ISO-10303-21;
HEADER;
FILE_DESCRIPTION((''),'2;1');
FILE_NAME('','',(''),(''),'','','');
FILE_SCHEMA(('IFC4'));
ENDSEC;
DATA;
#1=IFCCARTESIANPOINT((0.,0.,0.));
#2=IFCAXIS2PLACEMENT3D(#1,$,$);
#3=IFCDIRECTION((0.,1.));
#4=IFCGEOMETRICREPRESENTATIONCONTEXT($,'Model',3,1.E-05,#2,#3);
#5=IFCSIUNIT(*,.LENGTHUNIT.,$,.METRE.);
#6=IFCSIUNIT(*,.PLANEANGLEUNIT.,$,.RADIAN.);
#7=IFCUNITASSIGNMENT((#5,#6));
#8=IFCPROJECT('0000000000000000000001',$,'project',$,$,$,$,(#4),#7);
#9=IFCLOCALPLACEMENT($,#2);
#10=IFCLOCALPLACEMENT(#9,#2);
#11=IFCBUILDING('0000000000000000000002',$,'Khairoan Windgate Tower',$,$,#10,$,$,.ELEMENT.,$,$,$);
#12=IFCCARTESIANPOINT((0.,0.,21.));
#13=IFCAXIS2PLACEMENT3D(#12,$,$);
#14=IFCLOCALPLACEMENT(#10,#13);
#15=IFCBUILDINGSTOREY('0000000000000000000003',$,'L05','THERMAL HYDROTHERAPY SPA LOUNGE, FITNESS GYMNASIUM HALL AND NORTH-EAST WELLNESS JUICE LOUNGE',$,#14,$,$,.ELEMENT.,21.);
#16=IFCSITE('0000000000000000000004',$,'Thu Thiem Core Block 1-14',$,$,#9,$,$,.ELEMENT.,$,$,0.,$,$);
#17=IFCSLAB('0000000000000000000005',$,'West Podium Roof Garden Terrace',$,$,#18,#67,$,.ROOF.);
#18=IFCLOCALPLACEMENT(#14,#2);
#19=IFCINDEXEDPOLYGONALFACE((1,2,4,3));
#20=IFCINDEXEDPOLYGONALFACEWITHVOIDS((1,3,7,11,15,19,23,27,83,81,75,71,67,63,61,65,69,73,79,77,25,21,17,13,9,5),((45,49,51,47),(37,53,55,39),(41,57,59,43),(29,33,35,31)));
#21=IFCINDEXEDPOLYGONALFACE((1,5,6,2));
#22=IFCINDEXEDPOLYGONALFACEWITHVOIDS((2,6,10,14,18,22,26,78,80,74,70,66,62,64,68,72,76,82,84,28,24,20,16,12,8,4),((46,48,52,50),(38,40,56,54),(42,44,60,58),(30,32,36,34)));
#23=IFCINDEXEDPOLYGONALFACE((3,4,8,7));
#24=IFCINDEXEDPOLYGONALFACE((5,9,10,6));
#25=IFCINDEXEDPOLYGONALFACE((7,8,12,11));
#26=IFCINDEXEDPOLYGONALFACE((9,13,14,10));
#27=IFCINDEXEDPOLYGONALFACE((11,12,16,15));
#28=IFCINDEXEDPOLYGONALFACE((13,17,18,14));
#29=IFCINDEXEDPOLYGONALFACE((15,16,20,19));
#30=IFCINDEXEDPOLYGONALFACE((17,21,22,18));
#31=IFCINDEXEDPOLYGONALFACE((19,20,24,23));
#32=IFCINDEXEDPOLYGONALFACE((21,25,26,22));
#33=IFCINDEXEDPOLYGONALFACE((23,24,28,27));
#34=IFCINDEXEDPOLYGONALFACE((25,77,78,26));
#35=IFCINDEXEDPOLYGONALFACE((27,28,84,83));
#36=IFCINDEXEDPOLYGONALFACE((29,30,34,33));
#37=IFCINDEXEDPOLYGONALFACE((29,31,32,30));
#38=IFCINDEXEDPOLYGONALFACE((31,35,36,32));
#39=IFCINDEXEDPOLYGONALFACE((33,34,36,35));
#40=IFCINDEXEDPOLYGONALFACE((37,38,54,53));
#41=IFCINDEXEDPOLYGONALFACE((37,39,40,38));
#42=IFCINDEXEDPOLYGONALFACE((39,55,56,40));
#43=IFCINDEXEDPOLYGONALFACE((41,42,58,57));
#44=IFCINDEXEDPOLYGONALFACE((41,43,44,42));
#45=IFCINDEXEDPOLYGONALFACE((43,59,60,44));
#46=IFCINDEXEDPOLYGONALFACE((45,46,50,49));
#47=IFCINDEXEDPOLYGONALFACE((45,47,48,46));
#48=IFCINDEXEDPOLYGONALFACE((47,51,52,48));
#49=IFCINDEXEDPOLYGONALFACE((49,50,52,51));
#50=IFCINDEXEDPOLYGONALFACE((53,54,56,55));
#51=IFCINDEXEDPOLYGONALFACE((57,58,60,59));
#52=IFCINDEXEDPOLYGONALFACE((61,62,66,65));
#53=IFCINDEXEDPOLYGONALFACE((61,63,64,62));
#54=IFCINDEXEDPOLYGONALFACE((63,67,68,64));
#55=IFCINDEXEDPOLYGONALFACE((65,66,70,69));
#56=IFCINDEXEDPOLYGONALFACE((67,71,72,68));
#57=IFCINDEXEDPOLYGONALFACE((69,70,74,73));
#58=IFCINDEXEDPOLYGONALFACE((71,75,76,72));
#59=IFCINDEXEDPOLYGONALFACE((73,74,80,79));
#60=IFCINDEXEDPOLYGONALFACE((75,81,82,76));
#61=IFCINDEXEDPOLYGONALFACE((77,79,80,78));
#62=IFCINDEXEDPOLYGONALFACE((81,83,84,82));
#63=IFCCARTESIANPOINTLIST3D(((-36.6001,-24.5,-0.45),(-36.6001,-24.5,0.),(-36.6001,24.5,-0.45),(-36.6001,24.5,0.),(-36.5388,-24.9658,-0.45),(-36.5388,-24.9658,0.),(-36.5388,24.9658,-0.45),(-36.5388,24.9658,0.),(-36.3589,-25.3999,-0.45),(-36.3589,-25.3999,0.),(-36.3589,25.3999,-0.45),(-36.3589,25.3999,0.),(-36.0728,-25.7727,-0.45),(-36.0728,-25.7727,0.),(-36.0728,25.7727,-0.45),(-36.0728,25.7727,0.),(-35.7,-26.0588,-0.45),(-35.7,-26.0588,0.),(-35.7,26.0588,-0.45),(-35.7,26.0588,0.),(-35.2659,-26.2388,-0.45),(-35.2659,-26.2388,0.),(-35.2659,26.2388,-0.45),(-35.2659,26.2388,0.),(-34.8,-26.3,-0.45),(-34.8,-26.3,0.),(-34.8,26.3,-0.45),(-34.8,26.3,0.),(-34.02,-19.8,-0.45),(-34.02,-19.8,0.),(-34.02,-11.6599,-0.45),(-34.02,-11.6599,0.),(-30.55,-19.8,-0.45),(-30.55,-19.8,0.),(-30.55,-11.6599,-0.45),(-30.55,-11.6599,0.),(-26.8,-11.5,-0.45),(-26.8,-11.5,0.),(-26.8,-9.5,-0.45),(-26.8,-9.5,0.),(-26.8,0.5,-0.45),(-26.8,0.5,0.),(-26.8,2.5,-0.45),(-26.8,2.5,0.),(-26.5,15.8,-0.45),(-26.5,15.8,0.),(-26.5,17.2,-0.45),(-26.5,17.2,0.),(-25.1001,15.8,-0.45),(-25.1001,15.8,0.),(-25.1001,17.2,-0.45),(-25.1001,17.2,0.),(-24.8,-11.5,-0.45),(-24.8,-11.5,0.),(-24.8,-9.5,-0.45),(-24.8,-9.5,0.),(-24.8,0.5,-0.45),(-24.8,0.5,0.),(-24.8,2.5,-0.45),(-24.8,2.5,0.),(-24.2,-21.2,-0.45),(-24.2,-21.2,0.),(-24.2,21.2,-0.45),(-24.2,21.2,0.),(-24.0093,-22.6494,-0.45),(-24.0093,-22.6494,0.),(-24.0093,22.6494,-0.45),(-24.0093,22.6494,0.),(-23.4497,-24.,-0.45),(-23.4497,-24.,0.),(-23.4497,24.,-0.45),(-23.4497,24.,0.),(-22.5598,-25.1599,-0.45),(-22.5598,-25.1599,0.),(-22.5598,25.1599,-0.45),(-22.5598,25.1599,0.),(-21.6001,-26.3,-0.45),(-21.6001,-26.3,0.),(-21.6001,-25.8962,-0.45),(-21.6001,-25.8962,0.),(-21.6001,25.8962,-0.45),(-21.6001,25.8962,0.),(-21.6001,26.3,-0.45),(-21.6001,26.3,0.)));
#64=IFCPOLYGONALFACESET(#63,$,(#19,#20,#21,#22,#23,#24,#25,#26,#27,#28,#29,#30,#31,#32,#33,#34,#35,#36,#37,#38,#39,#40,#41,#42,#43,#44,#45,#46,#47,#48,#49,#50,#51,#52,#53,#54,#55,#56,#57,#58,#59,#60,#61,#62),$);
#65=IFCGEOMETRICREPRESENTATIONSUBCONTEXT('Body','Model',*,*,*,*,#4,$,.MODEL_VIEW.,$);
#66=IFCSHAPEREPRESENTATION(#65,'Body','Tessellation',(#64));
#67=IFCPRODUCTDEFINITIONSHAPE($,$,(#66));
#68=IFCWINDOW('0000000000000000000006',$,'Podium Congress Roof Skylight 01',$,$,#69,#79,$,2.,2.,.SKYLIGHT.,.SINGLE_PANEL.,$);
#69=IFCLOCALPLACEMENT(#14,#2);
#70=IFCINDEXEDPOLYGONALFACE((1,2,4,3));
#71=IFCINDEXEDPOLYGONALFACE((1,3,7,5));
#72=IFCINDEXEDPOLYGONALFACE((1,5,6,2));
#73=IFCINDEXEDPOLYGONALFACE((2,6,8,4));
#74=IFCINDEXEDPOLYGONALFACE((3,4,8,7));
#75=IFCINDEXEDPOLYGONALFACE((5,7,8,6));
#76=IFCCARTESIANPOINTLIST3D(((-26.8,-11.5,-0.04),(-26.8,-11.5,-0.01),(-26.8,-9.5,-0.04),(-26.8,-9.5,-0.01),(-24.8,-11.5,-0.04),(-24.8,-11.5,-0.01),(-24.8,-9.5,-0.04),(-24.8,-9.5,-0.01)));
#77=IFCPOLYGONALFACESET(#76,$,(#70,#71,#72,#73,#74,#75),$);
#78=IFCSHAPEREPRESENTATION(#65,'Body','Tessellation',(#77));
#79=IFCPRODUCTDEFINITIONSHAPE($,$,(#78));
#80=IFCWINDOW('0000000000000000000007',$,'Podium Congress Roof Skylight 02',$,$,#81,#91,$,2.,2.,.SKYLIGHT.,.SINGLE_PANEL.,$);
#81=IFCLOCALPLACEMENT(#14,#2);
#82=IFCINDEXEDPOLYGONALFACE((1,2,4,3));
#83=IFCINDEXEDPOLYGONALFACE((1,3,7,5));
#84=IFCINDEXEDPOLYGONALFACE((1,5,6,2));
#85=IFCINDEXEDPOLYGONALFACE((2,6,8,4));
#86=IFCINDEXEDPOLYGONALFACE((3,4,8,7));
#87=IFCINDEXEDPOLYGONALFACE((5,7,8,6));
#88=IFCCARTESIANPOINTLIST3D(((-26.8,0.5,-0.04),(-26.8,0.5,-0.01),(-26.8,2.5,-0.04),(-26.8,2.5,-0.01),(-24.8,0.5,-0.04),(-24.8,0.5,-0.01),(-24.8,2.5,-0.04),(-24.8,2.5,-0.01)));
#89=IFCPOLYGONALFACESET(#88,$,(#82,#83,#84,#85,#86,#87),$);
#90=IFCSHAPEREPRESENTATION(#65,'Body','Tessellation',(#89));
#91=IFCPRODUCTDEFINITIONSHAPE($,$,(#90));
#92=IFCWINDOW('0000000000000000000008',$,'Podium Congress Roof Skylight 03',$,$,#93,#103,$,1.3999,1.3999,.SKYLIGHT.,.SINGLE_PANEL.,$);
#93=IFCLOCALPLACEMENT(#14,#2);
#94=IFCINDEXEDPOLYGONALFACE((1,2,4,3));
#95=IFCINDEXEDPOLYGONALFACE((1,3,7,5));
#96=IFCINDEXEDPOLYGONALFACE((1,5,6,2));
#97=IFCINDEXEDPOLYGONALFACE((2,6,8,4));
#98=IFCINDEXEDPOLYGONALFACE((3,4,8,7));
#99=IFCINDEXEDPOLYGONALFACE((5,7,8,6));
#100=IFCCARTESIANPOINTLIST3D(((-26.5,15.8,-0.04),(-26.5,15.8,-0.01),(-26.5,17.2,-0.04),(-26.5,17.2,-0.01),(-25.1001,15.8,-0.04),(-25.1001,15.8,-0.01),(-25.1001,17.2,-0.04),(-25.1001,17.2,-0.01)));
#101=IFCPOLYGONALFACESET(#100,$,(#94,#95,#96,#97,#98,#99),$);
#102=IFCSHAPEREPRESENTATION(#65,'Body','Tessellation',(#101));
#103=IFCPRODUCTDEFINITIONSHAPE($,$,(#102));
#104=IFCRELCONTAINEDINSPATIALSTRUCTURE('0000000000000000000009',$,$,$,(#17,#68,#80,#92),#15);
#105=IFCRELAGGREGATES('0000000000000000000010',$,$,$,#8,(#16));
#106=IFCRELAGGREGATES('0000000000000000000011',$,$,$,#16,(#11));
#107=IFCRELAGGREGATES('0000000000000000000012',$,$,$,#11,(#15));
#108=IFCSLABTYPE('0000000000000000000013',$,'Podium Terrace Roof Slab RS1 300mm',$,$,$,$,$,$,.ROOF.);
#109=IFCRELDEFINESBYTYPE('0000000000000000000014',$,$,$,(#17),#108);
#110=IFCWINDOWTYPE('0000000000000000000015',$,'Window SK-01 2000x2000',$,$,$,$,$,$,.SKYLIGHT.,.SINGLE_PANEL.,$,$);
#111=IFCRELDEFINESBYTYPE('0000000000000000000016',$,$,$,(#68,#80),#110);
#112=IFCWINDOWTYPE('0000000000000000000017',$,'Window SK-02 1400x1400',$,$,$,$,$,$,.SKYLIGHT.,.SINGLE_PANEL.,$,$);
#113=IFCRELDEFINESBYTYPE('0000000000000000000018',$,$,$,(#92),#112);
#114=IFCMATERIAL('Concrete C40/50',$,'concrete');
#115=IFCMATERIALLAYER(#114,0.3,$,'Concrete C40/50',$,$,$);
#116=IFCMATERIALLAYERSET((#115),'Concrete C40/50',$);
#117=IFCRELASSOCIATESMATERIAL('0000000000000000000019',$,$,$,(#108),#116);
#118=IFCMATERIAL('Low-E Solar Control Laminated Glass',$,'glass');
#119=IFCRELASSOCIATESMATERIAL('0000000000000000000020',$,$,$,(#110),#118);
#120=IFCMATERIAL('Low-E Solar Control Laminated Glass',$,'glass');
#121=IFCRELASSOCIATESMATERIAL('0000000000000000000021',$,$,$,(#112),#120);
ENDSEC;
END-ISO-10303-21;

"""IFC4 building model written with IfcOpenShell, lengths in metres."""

from ifc_helpers import new_model, si_unit, direction, frame, origin, origin_2d, place, context, subcontext, project, spatial, polyline, rectangle, outline, extrude, material, layer, layer_set, type_object, element, fill, save


model = new_model("IFC4")

# Units and contexts
model_context = context("Model", 3, precision=1e-05, world=origin(), true_north=direction((0.0, 1.0)))
body_context = subcontext(model_context, "Body", "Model", "MODEL_VIEW")
ifc_project = project(units=[si_unit("LENGTHUNIT", "METRE"), si_unit("PLANEANGLEUNIT", "RADIAN")], contexts=[model_context])

# Site, building, storey
site_placement = place(None, origin())
site = spatial("IfcSite", under=ifc_project, at=site_placement, Name="Thu Thiem Core Block 1-14", CompositionType="ELEMENT", RefElevation=0.0)
building_placement = place(site_placement, origin())
building = spatial("IfcBuilding", under=site, at=building_placement, Name="Khairoan Windgate Tower", CompositionType="ELEMENT")
storey_placement = place(building_placement, frame((0.0, 0.0, 21.0)))
storey = spatial("IfcBuildingStorey", under=building, at=storey_placement, Name="L05", Description="THERMAL HYDROTHERAPY SPA LOUNGE, FITNESS GYMNASIUM HALL AND NORTH-EAST WELLNESS JUICE LOUNGE", CompositionType="ELEMENT", Elevation=21.0)

# Slab, openings, windows
ifc_material_1 = material(Name="Concrete C40/50", Category="concrete")
ifc_layer_1 = layer(ifc_material_1, 0.3, Name="Concrete C40/50")
ifc_layer_set_1 = layer_set([ifc_layer_1], Name="Concrete C40/50")
slab_type_1 = type_object("IfcSlabType", Name="Podium Terrace Roof Slab RS1 300mm", PredefinedType="ROOF", material=ifc_layer_set_1)
slab_1_placement = place(storey_placement, frame((0.0, 0.0, -0.45)))
slab_1 = element("IfcSlab", 1, at=slab_1_placement, inside=storey, type_object=slab_type_1, Name="West Podium Roof Garden Terrace", PredefinedType="ROOF", context=body_context, shape_type="SweptSolid", body=[
    extrude(outline(polyline([(-35.7, -26.0588), (-35.2659, -26.2388), (-34.8, -26.3), (-21.6001, -26.3), (-21.6001, -25.8962), (-22.5598, -25.1599), (-23.4497, -24.0), (-24.0093, -22.6494), (-24.2, -21.2), (-24.2, 21.2), (-24.0093, 22.6494), (-23.4497, 24.0), (-22.5598, 25.1599), (-21.6001, 25.8962), (-21.6001, 26.3), (-34.8, 26.3), (-35.2659, 26.2388), (-35.7, 26.0588), (-36.0728, 25.7727), (-36.3589, 25.3999), (-36.5388, 24.9658), (-36.6001, 24.5), (-36.6001, -24.5), (-36.5388, -24.9658), (-36.3589, -25.3999), (-36.0728, -25.7727), (-35.7, -26.0588)]), holes=[polyline([(-34.02, -11.6599), (-34.02, -19.8), (-30.55, -19.8), (-30.55, -11.6599), (-34.02, -11.6599)])]), origin(), (0.0, 0.0, 1.0), 0.45),
])
opening_1_placement = place(slab_1_placement, frame((-25.8, -10.5, -0.01)))
opening_1 = element("IfcOpeningElement", 2, at=opening_1_placement, cuts=slab_1, PredefinedType="OPENING", context=body_context, shape_type="SweptSolid", body=[
    extrude(rectangle(XDim=2.0, YDim=2.0, at=origin_2d()), origin(), (0.0, 0.0, 1.0), 0.47),
])
opening_2_placement = place(slab_1_placement, frame((-25.8, 1.5, -0.01)))
opening_2 = element("IfcOpeningElement", 3, at=opening_2_placement, cuts=slab_1, PredefinedType="OPENING", context=body_context, shape_type="SweptSolid", body=[
    extrude(rectangle(XDim=2.0, YDim=2.0, at=origin_2d()), origin(), (0.0, 0.0, 1.0), 0.47),
])
opening_3_placement = place(slab_1_placement, frame((-25.8, 16.5, -0.01)))
opening_3 = element("IfcOpeningElement", 4, at=opening_3_placement, cuts=slab_1, PredefinedType="OPENING", context=body_context, shape_type="SweptSolid", body=[
    extrude(rectangle(XDim=1.3999, YDim=1.3999, at=origin_2d()), origin(), (0.0, 0.0, 1.0), 0.47),
])
ifc_material_2 = material(Name="Low-E Solar Control Laminated Glass", Category="glass")
window_type_1 = type_object("IfcWindowType", Name="Window SK-01 2000x2000", PartitioningType="SINGLE_PANEL", PredefinedType="SKYLIGHT", material=ifc_material_2)
window_1_placement = place(opening_1_placement, frame((0.0, 0.0, 0.4199)))
window_1 = element("IfcWindow", 5, at=window_1_placement, inside=storey, type_object=window_type_1, Name="Podium Congress Roof Skylight 01", OverallHeight=2.0, OverallWidth=2.0, PartitioningType="SINGLE_PANEL", PredefinedType="SKYLIGHT", context=body_context, shape_type="SweptSolid", body=[
    extrude(rectangle(XDim=2.0, YDim=2.0, at=origin_2d()), origin(), (0.0, 0.0, 1.0), 0.03),
])
fill(opening_1, window_1)
window_2_placement = place(opening_2_placement, frame((0.0, 0.0, 0.4199)))
window_2 = element("IfcWindow", 6, at=window_2_placement, inside=storey, type_object=window_type_1, Name="Podium Congress Roof Skylight 02", OverallHeight=2.0, OverallWidth=2.0, PartitioningType="SINGLE_PANEL", PredefinedType="SKYLIGHT", context=body_context, shape_type="SweptSolid", body=[
    extrude(rectangle(XDim=2.0, YDim=2.0, at=origin_2d()), origin(), (0.0, 0.0, 1.0), 0.03),
])
fill(opening_2, window_2)
ifc_material_3 = material(Name="Low-E Solar Control Laminated Glass", Category="glass")
window_type_2 = type_object("IfcWindowType", Name="Window SK-02 1400x1400", PartitioningType="SINGLE_PANEL", PredefinedType="SKYLIGHT", material=ifc_material_3)
window_3_placement = place(opening_3_placement, frame((0.0, 0.0, 0.4199)))
window_3 = element("IfcWindow", 7, at=window_3_placement, inside=storey, type_object=window_type_2, Name="Podium Congress Roof Skylight 03", OverallHeight=1.3999, OverallWidth=1.3999, PartitioningType="SINGLE_PANEL", PredefinedType="SKYLIGHT", context=body_context, shape_type="SweptSolid", body=[
    extrude(rectangle(XDim=1.3999, YDim=1.3999, at=origin_2d()), origin(), (0.0, 0.0, 1.0), 0.03),
])
fill(opening_3, window_3)

save(model, "model.ifc")
